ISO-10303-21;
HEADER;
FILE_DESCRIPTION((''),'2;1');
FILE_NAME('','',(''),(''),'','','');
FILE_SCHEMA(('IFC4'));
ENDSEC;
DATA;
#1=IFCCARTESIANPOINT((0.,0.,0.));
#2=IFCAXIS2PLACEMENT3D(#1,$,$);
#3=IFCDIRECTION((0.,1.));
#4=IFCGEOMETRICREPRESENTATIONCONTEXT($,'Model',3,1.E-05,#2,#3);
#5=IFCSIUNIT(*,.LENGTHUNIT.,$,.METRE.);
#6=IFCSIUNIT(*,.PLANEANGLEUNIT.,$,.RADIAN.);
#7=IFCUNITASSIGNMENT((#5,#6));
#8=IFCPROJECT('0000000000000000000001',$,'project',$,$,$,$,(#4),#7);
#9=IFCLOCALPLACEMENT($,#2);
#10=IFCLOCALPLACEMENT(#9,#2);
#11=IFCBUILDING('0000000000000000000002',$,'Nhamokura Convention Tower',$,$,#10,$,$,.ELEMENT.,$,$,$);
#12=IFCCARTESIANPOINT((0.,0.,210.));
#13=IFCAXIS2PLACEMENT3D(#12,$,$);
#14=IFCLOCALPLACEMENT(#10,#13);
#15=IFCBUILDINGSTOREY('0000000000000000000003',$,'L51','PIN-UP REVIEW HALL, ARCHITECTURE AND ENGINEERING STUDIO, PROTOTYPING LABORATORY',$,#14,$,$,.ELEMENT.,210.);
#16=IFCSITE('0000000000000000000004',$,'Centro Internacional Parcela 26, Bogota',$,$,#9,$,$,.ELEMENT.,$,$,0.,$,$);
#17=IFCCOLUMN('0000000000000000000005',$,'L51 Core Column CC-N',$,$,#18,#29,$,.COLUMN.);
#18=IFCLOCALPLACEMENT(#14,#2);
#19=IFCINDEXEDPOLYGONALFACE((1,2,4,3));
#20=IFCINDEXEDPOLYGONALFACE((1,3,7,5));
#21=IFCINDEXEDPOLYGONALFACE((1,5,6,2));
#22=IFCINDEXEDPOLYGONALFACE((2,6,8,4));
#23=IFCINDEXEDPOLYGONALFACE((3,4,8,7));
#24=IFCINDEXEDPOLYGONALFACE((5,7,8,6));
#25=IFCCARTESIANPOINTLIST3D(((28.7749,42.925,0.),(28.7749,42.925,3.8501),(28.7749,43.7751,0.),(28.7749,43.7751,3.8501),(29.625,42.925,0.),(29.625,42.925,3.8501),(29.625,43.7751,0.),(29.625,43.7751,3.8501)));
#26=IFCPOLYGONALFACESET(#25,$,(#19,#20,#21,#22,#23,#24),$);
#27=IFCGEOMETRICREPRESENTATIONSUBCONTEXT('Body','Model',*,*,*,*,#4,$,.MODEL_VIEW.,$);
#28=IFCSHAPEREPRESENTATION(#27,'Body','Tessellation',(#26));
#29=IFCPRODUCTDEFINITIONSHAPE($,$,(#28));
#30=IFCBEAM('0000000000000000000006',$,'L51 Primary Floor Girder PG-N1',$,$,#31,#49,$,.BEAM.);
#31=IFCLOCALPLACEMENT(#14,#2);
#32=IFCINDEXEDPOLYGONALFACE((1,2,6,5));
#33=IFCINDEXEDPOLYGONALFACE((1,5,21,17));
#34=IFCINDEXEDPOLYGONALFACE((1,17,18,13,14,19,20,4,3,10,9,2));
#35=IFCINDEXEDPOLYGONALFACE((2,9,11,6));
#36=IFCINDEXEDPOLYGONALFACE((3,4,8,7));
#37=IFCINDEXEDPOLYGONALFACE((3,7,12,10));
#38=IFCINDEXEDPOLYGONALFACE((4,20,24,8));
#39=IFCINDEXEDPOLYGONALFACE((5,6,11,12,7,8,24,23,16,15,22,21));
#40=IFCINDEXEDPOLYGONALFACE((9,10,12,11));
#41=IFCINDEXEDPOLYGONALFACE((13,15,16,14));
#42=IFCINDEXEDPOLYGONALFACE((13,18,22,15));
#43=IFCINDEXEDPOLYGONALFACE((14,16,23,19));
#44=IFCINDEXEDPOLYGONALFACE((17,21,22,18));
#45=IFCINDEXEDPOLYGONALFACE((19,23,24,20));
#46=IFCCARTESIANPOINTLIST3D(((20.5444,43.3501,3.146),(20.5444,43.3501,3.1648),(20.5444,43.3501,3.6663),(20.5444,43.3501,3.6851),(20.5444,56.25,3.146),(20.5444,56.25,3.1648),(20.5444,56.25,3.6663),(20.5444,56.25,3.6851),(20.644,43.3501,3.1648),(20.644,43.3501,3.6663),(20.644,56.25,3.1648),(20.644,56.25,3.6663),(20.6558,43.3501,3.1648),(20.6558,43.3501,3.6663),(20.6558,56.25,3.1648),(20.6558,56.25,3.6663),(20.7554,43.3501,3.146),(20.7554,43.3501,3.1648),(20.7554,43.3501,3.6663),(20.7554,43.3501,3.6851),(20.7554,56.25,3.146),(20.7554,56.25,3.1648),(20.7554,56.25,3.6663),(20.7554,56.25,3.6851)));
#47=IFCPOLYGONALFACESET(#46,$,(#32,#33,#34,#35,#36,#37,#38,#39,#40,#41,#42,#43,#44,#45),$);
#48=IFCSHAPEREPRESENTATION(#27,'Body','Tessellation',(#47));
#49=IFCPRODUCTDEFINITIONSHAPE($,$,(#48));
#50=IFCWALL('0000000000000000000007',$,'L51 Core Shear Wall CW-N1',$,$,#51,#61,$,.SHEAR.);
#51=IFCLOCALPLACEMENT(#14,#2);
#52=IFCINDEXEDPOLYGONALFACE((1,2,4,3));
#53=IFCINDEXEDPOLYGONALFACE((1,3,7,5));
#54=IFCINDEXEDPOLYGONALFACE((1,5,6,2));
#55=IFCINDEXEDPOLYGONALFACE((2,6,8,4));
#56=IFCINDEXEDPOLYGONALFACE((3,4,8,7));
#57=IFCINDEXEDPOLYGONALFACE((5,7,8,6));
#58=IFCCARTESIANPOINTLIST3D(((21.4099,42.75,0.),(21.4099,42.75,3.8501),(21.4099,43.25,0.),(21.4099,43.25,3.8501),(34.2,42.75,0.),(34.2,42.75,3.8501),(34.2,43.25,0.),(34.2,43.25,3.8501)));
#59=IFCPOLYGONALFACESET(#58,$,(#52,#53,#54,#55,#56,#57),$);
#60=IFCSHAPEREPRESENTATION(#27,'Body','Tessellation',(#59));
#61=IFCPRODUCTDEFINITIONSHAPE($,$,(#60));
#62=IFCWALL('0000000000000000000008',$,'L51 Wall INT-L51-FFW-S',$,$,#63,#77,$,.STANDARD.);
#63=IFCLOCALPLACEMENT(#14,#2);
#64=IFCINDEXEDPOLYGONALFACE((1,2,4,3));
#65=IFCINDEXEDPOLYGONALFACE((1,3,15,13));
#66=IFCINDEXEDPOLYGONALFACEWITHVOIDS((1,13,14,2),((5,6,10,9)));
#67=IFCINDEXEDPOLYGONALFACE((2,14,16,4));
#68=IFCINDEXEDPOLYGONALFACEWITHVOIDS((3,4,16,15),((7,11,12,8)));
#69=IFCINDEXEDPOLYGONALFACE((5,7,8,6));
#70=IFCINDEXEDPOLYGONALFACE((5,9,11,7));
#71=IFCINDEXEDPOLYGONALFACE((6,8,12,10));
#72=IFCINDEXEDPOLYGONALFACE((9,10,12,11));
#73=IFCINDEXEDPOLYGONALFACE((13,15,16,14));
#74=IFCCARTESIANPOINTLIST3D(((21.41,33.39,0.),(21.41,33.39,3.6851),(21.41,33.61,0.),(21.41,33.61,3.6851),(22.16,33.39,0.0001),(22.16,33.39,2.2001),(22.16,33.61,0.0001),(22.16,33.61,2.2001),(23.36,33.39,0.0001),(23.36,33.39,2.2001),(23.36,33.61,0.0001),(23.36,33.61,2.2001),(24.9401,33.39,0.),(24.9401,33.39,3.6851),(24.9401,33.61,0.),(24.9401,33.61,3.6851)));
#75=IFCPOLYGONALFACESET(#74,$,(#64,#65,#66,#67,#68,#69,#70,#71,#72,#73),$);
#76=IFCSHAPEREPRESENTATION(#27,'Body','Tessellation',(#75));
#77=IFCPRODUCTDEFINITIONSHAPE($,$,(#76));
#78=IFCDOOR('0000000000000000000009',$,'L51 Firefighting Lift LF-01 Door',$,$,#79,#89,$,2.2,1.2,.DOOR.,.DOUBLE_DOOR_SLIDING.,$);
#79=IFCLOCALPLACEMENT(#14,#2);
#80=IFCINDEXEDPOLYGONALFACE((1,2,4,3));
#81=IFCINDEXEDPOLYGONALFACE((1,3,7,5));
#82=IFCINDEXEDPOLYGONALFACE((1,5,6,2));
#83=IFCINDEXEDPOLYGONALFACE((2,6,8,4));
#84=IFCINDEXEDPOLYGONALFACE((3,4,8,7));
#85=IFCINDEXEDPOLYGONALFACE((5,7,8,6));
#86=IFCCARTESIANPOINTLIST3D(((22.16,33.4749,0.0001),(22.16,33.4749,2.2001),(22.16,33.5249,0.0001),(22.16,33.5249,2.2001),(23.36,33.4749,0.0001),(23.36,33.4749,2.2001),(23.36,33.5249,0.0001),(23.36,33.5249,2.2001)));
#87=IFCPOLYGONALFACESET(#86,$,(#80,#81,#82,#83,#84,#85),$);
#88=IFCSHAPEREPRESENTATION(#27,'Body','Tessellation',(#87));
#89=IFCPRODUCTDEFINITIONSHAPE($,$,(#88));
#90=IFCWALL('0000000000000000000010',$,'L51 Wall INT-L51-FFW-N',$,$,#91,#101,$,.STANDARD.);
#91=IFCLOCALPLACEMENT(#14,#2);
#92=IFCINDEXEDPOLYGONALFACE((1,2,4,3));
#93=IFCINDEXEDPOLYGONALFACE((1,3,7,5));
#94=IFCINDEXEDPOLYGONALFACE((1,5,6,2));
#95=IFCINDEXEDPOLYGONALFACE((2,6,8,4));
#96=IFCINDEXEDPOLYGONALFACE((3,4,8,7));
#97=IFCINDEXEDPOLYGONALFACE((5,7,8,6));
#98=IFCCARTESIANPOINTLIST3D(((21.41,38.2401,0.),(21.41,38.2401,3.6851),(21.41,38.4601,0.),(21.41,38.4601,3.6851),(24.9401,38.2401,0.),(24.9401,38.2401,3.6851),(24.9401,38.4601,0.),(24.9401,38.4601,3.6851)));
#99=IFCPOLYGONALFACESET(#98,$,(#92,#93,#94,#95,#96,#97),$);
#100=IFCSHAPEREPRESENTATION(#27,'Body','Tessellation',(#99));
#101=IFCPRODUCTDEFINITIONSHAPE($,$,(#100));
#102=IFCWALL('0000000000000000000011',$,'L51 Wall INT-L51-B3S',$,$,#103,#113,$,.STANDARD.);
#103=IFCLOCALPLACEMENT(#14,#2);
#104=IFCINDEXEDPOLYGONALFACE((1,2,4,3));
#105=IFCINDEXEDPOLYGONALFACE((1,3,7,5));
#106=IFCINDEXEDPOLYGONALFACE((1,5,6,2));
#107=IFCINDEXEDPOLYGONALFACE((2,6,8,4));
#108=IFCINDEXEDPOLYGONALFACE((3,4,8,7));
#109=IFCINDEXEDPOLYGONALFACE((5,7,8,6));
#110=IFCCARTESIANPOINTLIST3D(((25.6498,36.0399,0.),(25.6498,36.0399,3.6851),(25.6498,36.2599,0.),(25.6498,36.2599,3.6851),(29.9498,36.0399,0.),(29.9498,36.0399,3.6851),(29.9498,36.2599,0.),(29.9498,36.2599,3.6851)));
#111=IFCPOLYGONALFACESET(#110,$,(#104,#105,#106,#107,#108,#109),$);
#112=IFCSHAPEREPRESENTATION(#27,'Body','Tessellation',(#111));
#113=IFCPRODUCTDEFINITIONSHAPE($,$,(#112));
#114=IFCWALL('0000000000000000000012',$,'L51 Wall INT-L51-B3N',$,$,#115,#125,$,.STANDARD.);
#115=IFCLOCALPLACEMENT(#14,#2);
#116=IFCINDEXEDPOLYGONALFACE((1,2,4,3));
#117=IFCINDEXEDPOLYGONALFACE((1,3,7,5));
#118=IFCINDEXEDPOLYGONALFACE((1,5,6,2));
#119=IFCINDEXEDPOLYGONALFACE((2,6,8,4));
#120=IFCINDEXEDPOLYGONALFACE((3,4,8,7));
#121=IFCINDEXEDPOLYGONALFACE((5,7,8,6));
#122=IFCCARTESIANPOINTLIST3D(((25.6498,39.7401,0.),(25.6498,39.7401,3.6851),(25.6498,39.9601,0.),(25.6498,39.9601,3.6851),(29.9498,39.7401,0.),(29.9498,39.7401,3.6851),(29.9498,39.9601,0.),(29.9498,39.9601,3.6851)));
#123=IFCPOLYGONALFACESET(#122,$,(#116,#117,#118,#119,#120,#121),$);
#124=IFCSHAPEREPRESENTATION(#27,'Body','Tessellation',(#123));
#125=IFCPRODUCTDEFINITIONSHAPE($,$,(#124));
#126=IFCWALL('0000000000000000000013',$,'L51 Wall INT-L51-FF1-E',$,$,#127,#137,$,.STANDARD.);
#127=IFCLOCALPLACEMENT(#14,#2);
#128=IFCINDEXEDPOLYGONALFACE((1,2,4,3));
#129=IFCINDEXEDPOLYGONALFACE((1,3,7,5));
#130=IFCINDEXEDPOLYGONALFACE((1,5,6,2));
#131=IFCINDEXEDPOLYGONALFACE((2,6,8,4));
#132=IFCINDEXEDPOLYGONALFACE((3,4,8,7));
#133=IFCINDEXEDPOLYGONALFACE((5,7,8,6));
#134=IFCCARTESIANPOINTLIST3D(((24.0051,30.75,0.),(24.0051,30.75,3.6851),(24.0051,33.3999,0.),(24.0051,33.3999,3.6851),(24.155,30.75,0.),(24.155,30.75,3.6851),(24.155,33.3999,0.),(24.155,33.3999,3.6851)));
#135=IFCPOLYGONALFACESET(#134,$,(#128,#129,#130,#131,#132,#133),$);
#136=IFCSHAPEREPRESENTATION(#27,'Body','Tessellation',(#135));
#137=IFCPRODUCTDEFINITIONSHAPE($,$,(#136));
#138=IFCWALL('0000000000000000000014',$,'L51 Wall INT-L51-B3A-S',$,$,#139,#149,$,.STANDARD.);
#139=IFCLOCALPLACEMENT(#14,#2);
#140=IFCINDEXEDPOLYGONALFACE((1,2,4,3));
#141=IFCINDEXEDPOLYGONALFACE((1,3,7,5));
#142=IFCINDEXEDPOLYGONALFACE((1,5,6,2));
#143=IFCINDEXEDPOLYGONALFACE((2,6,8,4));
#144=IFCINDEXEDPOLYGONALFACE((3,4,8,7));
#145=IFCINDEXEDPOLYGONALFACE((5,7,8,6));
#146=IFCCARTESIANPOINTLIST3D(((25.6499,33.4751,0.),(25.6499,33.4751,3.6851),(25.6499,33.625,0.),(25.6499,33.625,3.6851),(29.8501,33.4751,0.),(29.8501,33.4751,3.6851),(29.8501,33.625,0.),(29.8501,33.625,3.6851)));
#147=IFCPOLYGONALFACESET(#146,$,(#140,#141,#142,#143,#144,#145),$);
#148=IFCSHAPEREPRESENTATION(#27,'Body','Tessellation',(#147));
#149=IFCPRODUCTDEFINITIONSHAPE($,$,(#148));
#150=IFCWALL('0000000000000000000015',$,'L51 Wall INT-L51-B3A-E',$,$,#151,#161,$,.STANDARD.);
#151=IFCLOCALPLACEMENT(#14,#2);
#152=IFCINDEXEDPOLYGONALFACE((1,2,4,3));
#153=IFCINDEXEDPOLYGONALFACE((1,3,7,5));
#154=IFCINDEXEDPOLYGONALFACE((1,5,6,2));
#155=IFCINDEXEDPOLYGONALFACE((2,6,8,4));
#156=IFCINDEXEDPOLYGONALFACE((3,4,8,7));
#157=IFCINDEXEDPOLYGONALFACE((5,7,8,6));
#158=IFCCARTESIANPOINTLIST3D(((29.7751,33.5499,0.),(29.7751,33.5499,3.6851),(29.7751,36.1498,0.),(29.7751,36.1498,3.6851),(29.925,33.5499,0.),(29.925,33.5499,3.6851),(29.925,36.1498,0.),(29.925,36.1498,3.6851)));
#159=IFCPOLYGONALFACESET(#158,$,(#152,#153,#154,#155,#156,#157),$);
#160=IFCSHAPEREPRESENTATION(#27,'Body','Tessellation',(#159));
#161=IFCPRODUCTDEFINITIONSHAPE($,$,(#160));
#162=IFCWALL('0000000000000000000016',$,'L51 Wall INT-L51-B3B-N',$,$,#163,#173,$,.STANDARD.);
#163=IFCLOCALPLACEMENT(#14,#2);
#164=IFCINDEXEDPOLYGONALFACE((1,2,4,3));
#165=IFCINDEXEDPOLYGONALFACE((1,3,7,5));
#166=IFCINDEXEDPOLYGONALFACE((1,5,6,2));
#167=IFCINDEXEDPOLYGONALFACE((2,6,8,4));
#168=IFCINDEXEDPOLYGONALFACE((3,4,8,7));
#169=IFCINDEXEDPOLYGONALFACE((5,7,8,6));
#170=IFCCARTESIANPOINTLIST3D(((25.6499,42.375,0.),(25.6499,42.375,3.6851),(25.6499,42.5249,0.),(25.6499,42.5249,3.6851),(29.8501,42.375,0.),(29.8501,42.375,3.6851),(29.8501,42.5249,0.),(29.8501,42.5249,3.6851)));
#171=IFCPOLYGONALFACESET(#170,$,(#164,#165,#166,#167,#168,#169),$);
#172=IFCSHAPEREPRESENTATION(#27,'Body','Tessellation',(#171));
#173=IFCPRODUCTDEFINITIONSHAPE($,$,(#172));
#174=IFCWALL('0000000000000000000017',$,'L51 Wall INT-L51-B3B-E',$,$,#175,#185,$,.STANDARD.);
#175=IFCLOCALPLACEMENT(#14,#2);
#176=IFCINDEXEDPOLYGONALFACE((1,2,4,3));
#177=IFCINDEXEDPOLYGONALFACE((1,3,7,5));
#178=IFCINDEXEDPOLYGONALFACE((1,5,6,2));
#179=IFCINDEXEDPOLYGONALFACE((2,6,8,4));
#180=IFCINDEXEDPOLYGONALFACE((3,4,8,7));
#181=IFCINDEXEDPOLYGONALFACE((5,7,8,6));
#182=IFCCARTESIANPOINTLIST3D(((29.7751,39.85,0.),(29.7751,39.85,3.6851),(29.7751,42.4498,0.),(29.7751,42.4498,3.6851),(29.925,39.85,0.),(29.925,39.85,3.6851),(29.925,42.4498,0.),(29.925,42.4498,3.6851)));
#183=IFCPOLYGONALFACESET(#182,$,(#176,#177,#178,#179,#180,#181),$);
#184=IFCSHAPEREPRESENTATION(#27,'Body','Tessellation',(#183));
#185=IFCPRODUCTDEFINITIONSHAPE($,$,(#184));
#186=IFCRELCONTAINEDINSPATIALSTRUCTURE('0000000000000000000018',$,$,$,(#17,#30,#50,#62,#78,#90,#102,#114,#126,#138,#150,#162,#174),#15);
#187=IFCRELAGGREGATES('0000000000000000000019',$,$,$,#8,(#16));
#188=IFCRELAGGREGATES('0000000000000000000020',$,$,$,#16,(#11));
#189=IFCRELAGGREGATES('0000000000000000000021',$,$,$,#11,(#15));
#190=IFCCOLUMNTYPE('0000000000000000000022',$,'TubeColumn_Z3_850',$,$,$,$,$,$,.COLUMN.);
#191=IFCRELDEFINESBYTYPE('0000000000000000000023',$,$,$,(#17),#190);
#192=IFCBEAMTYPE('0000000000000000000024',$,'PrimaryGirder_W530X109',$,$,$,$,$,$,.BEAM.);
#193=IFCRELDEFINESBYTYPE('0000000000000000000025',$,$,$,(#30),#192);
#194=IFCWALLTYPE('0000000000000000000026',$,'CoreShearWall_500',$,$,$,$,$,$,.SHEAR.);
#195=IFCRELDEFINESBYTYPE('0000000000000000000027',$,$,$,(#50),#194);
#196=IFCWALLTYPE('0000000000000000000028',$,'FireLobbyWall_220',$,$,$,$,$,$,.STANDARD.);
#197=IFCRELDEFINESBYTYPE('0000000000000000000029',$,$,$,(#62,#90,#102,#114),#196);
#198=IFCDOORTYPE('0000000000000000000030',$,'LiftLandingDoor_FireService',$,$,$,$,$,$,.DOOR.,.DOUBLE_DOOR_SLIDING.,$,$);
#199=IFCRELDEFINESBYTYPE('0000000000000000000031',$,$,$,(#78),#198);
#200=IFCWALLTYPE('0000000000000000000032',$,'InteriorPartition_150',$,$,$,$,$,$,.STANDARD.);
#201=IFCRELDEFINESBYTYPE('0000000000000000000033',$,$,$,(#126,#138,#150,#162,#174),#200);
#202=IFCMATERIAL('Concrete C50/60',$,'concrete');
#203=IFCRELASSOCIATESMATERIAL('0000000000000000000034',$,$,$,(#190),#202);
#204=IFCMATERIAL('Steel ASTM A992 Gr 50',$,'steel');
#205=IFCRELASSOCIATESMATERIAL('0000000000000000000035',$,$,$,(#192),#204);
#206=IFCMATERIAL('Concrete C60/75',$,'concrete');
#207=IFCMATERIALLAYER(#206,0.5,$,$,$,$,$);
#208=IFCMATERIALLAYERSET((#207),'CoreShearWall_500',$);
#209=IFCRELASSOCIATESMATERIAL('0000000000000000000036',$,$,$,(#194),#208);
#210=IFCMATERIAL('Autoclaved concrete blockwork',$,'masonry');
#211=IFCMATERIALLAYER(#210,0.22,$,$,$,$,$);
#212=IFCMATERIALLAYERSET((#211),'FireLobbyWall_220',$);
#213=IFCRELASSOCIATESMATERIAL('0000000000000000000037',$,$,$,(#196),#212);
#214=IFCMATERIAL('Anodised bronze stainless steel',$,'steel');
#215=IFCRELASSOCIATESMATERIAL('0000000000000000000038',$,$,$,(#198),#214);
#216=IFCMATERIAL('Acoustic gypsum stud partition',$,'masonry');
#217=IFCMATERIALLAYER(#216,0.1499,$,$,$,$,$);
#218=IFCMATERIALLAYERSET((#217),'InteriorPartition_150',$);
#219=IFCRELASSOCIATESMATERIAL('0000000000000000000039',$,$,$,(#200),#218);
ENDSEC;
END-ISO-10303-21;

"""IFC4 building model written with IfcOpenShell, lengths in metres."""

from ifc_helpers import new_model, si_unit, direction, frame, frame_2d, origin, origin_2d, place, context, subcontext, project, spatial, rectangle, i_section, extrude, material, layer, layer_set, material_profile, profile_set, type_object, element, fill, save


model = new_model("IFC4")

# Units and contexts
model_context = context("Model", 3, precision=1e-05, world=origin(), true_north=direction((0.0, 1.0)))
body_context = subcontext(model_context, "Body", "Model", "MODEL_VIEW")
ifc_project = project(units=[si_unit("LENGTHUNIT", "METRE"), si_unit("PLANEANGLEUNIT", "RADIAN")], contexts=[model_context])

# Site, building, storey
site_placement = place(None, origin())
site = spatial("IfcSite", under=ifc_project, at=site_placement, Name="Centro Internacional Parcela 26, Bogota", CompositionType="ELEMENT", RefElevation=0.0)
building_placement = place(site_placement, origin())
building = spatial("IfcBuilding", under=site, at=building_placement, Name="Nhamokura Convention Tower", CompositionType="ELEMENT")
storey_placement = place(building_placement, frame((0.0, 0.0, 210.0)))
storey = spatial("IfcBuildingStorey", under=building, at=storey_placement, Name="L51", Description="PIN-UP REVIEW HALL, ARCHITECTURE AND ENGINEERING STUDIO, PROTOTYPING LABORATORY", CompositionType="ELEMENT", Elevation=210.0)

# Column
ifc_material_1 = material(Name="Concrete C50/60", Category="concrete")
ifc_material_profile_1 = material_profile(ifc_material_1, rectangle(XDim=0.8501, YDim=0.8501, at=origin_2d()))
ifc_profile_set_1 = profile_set([ifc_material_profile_1], Name="Concrete C50/60")
column_type = type_object("IfcColumnType", Name="TubeColumn_Z3_850", PredefinedType="COLUMN", material=ifc_profile_set_1)
column_placement = place(storey_placement, frame((29.2, 43.3501, 0.0), z_axis=(0.0, 0.0, 1.0), x_axis=(1.0, 0.0, 0.0)))
element("IfcColumn", 1, at=column_placement, inside=storey, type_object=column_type, Name="L51 Core Column CC-N", PredefinedType="COLUMN", context=body_context, shape_type="SweptSolid", body=[
    extrude(rectangle(XDim=0.8501, YDim=0.8501, at=origin_2d()), origin(), (0.0, 0.0, 1.0), 3.8501),
])

# Beam
ifc_material_2 = material(Name="Steel ASTM A992 Gr 50", Category="steel")
ifc_material_profile_2 = material_profile(ifc_material_2, i_section(OverallWidth=0.2109, OverallDepth=0.5391, WebThickness=0.0117, FlangeThickness=0.0188, at=origin_2d()))
ifc_profile_set_2 = profile_set([ifc_material_profile_2], Name="Steel ASTM A992 Gr 50")
beam_type = type_object("IfcBeamType", Name="PrimaryGirder_W530X109", PredefinedType="BEAM", material=ifc_profile_set_2)
beam_placement = place(storey_placement, frame((20.6499, 43.3501, 3.4155), z_axis=(0.0, 1.0, 0.0), x_axis=(-1.0, 0.0, 0.0)))
element("IfcBeam", 2, at=beam_placement, inside=storey, type_object=beam_type, Name="L51 Primary Floor Girder PG-N1", PredefinedType="BEAM", context=body_context, shape_type="SweptSolid", body=[
    extrude(i_section(OverallWidth=0.2109, OverallDepth=0.5391, WebThickness=0.0117, FlangeThickness=0.0188, at=origin_2d()), origin(), (0.0, 0.0, 1.0), 12.8999),
])

# Wall
ifc_material_3 = material(Name="Concrete C60/75", Category="concrete")
ifc_layer_1 = layer(ifc_material_3, 0.5)
ifc_layer_set_1 = layer_set([ifc_layer_1], Name="CoreShearWall_500")
wall_type_1 = type_object("IfcWallType", Name="CoreShearWall_500", PredefinedType="SHEAR", material=ifc_layer_set_1)
wall_1_placement = place(storey_placement, frame((21.4099, 43.0, 0.0), z_axis=(0.0, 0.0, 1.0), x_axis=(1.0, 0.0, 0.0)))
element("IfcWall", 3, at=wall_1_placement, inside=storey, type_object=wall_type_1, Name="L51 Core Shear Wall CW-N1", PredefinedType="SHEAR", context=body_context, shape_type="SweptSolid", body=[
    extrude(rectangle(XDim=12.79, YDim=0.5, at=frame_2d((6.395, 0.0))), origin(), (0.0, 0.0, 1.0), 3.8501),
])

# Wall, opening, door
ifc_material_4 = material(Name="Autoclaved concrete blockwork", Category="masonry")
ifc_layer_2 = layer(ifc_material_4, 0.22)
ifc_layer_set_2 = layer_set([ifc_layer_2], Name="FireLobbyWall_220")
wall_type_2 = type_object("IfcWallType", Name="FireLobbyWall_220", PredefinedType="STANDARD", material=ifc_layer_set_2)
wall_2_placement = place(storey_placement, frame((21.4099, 33.5, 0.0), z_axis=(0.0, 0.0, 1.0), x_axis=(1.0, 0.0, 0.0)))
wall_2 = element("IfcWall", 4, at=wall_2_placement, inside=storey, type_object=wall_type_2, Name="L51 Wall INT-L51-FFW-S", PredefinedType="STANDARD", context=body_context, shape_type="SweptSolid", body=[
    extrude(rectangle(XDim=3.53, YDim=0.22, at=frame_2d((1.7651, 0.0))), origin(), (0.0, 0.0, 1.0), 3.6851),
])
opening_1_placement = place(wall_2_placement, frame((0.75, 0.0, 0.0)))
opening_1 = element("IfcOpeningElement", 5, at=opening_1_placement, cuts=wall_2, PredefinedType="OPENING", context=body_context, shape_type="SweptSolid", body=[
    extrude(rectangle(XDim=1.2, YDim=2.2, at=frame_2d((0.6001, 1.1001))), frame((0.0, 0.1199, 0.0), z_axis=(0.0, -1.0, 0.0), x_axis=(1.0, 0.0, 0.0)), (0.0, 0.0, 1.0), 0.24),
])
ifc_material_5 = material(Name="Anodised bronze stainless steel", Category="steel")
door_type_1 = type_object("IfcDoorType", Name="LiftLandingDoor_FireService", OperationType="DOUBLE_DOOR_SLIDING", PredefinedType="DOOR", material=ifc_material_5)
door_1_placement = place(opening_1_placement, origin())
door_1 = element("IfcDoor", 6, at=door_1_placement, inside=storey, type_object=door_type_1, Name="L51 Firefighting Lift LF-01 Door", OperationType="DOUBLE_DOOR_SLIDING", OverallHeight=2.2, OverallWidth=1.2, PredefinedType="DOOR", context=body_context, shape_type="SweptSolid", body=[
    extrude(rectangle(XDim=1.2, YDim=2.2, at=frame_2d((0.6001, 1.1001))), frame((0.0, 0.0249, 0.0), z_axis=(0.0, -1.0, 0.0), x_axis=(1.0, 0.0, 0.0)), (0.0, 0.0, 1.0), 0.05),
])
fill(opening_1, door_1)

# Walls
wall_3_placement = place(storey_placement, frame((21.4099, 38.3501, 0.0), z_axis=(0.0, 0.0, 1.0), x_axis=(1.0, 0.0, 0.0)))
element("IfcWall", 7, at=wall_3_placement, inside=storey, type_object=wall_type_2, Name="L51 Wall INT-L51-FFW-N", PredefinedType="STANDARD", context=body_context, shape_type="SweptSolid", body=[
    extrude(rectangle(XDim=3.53, YDim=0.22, at=frame_2d((1.7651, 0.0))), origin(), (0.0, 0.0, 1.0), 3.6851),
])
for number, where, z_axis, x_axis, name in (
    (8, (25.6499, 36.1499, 0.0), (0.0, 0.0, 1.0), (1.0, 0.0, 0.0), "L51 Wall INT-L51-B3S"),
    (9, (25.6499, 39.8501, 0.0), (0.0, 0.0, 1.0), (1.0, 0.0, 0.0), "L51 Wall INT-L51-B3N"),
):
    element("IfcWall", number, at=place(storey_placement, frame(where, z_axis=z_axis, x_axis=x_axis)), inside=storey, type_object=wall_type_2, Name=name, PredefinedType="STANDARD", context=body_context, shape_type="SweptSolid", body=[
        extrude(rectangle(XDim=4.3, YDim=0.22, at=frame_2d((2.1499, 0.0))), origin(), (0.0, 0.0, 1.0), 3.6851),
    ])
ifc_material_6 = material(Name="Acoustic gypsum stud partition", Category="masonry")
ifc_layer_3 = layer(ifc_material_6, 0.1499)
ifc_layer_set_3 = layer_set([ifc_layer_3], Name="InteriorPartition_150")
wall_type_3 = type_object("IfcWallType", Name="InteriorPartition_150", PredefinedType="STANDARD", material=ifc_layer_set_3)
wall_4_placement = place(storey_placement, frame((24.0801, 30.75, 0.0), z_axis=(0.0, 0.0, 1.0), x_axis=(0.0, 1.0, 0.0)))
element("IfcWall", 10, at=wall_4_placement, inside=storey, type_object=wall_type_3, Name="L51 Wall INT-L51-FF1-E", PredefinedType="STANDARD", context=body_context, shape_type="SweptSolid", body=[
    extrude(rectangle(XDim=2.6499, YDim=0.1499, at=frame_2d((1.325, 0.0))), origin(), (0.0, 0.0, 1.0), 3.6851),
])
wall_5_placement = place(storey_placement, frame((25.6499, 33.55, 0.0), z_axis=(0.0, 0.0, 1.0), x_axis=(1.0, 0.0, 0.0)))
element("IfcWall", 11, at=wall_5_placement, inside=storey, type_object=wall_type_3, Name="L51 Wall INT-L51-B3A-S", PredefinedType="STANDARD", context=body_context, shape_type="SweptSolid", body=[
    extrude(rectangle(XDim=4.2002, YDim=0.1499, at=frame_2d((2.1001, 0.0))), origin(), (0.0, 0.0, 1.0), 3.6851),
])
wall_6_placement = place(storey_placement, frame((29.8501, 33.55, 0.0), z_axis=(0.0, 0.0, 1.0), x_axis=(0.0, 1.0, 0.0)))
element("IfcWall", 12, at=wall_6_placement, inside=storey, type_object=wall_type_3, Name="L51 Wall INT-L51-B3A-E", PredefinedType="STANDARD", context=body_context, shape_type="SweptSolid", body=[
    extrude(rectangle(XDim=2.5999, YDim=0.1499, at=frame_2d((1.2998, 0.0))), origin(), (0.0, 0.0, 1.0), 3.6851),
])
wall_7_placement = place(storey_placement, frame((25.6499, 42.45, 0.0), z_axis=(0.0, 0.0, 1.0), x_axis=(1.0, 0.0, 0.0)))
element("IfcWall", 13, at=wall_7_placement, inside=storey, type_object=wall_type_3, Name="L51 Wall INT-L51-B3B-N", PredefinedType="STANDARD", context=body_context, shape_type="SweptSolid", body=[
    extrude(rectangle(XDim=4.2002, YDim=0.1499, at=frame_2d((2.1001, 0.0))), origin(), (0.0, 0.0, 1.0), 3.6851),
])
wall_8_placement = place(storey_placement, frame((29.8501, 39.8501, 0.0), z_axis=(0.0, 0.0, 1.0), x_axis=(0.0, 1.0, 0.0)))
element("IfcWall", 14, at=wall_8_placement, inside=storey, type_object=wall_type_3, Name="L51 Wall INT-L51-B3B-E", PredefinedType="STANDARD", context=body_context, shape_type="SweptSolid", body=[
    extrude(rectangle(XDim=2.5999, YDim=0.1499, at=frame_2d((1.2998, 0.0))), origin(), (0.0, 0.0, 1.0), 3.6851),
])

save(model, "model.ifc")
